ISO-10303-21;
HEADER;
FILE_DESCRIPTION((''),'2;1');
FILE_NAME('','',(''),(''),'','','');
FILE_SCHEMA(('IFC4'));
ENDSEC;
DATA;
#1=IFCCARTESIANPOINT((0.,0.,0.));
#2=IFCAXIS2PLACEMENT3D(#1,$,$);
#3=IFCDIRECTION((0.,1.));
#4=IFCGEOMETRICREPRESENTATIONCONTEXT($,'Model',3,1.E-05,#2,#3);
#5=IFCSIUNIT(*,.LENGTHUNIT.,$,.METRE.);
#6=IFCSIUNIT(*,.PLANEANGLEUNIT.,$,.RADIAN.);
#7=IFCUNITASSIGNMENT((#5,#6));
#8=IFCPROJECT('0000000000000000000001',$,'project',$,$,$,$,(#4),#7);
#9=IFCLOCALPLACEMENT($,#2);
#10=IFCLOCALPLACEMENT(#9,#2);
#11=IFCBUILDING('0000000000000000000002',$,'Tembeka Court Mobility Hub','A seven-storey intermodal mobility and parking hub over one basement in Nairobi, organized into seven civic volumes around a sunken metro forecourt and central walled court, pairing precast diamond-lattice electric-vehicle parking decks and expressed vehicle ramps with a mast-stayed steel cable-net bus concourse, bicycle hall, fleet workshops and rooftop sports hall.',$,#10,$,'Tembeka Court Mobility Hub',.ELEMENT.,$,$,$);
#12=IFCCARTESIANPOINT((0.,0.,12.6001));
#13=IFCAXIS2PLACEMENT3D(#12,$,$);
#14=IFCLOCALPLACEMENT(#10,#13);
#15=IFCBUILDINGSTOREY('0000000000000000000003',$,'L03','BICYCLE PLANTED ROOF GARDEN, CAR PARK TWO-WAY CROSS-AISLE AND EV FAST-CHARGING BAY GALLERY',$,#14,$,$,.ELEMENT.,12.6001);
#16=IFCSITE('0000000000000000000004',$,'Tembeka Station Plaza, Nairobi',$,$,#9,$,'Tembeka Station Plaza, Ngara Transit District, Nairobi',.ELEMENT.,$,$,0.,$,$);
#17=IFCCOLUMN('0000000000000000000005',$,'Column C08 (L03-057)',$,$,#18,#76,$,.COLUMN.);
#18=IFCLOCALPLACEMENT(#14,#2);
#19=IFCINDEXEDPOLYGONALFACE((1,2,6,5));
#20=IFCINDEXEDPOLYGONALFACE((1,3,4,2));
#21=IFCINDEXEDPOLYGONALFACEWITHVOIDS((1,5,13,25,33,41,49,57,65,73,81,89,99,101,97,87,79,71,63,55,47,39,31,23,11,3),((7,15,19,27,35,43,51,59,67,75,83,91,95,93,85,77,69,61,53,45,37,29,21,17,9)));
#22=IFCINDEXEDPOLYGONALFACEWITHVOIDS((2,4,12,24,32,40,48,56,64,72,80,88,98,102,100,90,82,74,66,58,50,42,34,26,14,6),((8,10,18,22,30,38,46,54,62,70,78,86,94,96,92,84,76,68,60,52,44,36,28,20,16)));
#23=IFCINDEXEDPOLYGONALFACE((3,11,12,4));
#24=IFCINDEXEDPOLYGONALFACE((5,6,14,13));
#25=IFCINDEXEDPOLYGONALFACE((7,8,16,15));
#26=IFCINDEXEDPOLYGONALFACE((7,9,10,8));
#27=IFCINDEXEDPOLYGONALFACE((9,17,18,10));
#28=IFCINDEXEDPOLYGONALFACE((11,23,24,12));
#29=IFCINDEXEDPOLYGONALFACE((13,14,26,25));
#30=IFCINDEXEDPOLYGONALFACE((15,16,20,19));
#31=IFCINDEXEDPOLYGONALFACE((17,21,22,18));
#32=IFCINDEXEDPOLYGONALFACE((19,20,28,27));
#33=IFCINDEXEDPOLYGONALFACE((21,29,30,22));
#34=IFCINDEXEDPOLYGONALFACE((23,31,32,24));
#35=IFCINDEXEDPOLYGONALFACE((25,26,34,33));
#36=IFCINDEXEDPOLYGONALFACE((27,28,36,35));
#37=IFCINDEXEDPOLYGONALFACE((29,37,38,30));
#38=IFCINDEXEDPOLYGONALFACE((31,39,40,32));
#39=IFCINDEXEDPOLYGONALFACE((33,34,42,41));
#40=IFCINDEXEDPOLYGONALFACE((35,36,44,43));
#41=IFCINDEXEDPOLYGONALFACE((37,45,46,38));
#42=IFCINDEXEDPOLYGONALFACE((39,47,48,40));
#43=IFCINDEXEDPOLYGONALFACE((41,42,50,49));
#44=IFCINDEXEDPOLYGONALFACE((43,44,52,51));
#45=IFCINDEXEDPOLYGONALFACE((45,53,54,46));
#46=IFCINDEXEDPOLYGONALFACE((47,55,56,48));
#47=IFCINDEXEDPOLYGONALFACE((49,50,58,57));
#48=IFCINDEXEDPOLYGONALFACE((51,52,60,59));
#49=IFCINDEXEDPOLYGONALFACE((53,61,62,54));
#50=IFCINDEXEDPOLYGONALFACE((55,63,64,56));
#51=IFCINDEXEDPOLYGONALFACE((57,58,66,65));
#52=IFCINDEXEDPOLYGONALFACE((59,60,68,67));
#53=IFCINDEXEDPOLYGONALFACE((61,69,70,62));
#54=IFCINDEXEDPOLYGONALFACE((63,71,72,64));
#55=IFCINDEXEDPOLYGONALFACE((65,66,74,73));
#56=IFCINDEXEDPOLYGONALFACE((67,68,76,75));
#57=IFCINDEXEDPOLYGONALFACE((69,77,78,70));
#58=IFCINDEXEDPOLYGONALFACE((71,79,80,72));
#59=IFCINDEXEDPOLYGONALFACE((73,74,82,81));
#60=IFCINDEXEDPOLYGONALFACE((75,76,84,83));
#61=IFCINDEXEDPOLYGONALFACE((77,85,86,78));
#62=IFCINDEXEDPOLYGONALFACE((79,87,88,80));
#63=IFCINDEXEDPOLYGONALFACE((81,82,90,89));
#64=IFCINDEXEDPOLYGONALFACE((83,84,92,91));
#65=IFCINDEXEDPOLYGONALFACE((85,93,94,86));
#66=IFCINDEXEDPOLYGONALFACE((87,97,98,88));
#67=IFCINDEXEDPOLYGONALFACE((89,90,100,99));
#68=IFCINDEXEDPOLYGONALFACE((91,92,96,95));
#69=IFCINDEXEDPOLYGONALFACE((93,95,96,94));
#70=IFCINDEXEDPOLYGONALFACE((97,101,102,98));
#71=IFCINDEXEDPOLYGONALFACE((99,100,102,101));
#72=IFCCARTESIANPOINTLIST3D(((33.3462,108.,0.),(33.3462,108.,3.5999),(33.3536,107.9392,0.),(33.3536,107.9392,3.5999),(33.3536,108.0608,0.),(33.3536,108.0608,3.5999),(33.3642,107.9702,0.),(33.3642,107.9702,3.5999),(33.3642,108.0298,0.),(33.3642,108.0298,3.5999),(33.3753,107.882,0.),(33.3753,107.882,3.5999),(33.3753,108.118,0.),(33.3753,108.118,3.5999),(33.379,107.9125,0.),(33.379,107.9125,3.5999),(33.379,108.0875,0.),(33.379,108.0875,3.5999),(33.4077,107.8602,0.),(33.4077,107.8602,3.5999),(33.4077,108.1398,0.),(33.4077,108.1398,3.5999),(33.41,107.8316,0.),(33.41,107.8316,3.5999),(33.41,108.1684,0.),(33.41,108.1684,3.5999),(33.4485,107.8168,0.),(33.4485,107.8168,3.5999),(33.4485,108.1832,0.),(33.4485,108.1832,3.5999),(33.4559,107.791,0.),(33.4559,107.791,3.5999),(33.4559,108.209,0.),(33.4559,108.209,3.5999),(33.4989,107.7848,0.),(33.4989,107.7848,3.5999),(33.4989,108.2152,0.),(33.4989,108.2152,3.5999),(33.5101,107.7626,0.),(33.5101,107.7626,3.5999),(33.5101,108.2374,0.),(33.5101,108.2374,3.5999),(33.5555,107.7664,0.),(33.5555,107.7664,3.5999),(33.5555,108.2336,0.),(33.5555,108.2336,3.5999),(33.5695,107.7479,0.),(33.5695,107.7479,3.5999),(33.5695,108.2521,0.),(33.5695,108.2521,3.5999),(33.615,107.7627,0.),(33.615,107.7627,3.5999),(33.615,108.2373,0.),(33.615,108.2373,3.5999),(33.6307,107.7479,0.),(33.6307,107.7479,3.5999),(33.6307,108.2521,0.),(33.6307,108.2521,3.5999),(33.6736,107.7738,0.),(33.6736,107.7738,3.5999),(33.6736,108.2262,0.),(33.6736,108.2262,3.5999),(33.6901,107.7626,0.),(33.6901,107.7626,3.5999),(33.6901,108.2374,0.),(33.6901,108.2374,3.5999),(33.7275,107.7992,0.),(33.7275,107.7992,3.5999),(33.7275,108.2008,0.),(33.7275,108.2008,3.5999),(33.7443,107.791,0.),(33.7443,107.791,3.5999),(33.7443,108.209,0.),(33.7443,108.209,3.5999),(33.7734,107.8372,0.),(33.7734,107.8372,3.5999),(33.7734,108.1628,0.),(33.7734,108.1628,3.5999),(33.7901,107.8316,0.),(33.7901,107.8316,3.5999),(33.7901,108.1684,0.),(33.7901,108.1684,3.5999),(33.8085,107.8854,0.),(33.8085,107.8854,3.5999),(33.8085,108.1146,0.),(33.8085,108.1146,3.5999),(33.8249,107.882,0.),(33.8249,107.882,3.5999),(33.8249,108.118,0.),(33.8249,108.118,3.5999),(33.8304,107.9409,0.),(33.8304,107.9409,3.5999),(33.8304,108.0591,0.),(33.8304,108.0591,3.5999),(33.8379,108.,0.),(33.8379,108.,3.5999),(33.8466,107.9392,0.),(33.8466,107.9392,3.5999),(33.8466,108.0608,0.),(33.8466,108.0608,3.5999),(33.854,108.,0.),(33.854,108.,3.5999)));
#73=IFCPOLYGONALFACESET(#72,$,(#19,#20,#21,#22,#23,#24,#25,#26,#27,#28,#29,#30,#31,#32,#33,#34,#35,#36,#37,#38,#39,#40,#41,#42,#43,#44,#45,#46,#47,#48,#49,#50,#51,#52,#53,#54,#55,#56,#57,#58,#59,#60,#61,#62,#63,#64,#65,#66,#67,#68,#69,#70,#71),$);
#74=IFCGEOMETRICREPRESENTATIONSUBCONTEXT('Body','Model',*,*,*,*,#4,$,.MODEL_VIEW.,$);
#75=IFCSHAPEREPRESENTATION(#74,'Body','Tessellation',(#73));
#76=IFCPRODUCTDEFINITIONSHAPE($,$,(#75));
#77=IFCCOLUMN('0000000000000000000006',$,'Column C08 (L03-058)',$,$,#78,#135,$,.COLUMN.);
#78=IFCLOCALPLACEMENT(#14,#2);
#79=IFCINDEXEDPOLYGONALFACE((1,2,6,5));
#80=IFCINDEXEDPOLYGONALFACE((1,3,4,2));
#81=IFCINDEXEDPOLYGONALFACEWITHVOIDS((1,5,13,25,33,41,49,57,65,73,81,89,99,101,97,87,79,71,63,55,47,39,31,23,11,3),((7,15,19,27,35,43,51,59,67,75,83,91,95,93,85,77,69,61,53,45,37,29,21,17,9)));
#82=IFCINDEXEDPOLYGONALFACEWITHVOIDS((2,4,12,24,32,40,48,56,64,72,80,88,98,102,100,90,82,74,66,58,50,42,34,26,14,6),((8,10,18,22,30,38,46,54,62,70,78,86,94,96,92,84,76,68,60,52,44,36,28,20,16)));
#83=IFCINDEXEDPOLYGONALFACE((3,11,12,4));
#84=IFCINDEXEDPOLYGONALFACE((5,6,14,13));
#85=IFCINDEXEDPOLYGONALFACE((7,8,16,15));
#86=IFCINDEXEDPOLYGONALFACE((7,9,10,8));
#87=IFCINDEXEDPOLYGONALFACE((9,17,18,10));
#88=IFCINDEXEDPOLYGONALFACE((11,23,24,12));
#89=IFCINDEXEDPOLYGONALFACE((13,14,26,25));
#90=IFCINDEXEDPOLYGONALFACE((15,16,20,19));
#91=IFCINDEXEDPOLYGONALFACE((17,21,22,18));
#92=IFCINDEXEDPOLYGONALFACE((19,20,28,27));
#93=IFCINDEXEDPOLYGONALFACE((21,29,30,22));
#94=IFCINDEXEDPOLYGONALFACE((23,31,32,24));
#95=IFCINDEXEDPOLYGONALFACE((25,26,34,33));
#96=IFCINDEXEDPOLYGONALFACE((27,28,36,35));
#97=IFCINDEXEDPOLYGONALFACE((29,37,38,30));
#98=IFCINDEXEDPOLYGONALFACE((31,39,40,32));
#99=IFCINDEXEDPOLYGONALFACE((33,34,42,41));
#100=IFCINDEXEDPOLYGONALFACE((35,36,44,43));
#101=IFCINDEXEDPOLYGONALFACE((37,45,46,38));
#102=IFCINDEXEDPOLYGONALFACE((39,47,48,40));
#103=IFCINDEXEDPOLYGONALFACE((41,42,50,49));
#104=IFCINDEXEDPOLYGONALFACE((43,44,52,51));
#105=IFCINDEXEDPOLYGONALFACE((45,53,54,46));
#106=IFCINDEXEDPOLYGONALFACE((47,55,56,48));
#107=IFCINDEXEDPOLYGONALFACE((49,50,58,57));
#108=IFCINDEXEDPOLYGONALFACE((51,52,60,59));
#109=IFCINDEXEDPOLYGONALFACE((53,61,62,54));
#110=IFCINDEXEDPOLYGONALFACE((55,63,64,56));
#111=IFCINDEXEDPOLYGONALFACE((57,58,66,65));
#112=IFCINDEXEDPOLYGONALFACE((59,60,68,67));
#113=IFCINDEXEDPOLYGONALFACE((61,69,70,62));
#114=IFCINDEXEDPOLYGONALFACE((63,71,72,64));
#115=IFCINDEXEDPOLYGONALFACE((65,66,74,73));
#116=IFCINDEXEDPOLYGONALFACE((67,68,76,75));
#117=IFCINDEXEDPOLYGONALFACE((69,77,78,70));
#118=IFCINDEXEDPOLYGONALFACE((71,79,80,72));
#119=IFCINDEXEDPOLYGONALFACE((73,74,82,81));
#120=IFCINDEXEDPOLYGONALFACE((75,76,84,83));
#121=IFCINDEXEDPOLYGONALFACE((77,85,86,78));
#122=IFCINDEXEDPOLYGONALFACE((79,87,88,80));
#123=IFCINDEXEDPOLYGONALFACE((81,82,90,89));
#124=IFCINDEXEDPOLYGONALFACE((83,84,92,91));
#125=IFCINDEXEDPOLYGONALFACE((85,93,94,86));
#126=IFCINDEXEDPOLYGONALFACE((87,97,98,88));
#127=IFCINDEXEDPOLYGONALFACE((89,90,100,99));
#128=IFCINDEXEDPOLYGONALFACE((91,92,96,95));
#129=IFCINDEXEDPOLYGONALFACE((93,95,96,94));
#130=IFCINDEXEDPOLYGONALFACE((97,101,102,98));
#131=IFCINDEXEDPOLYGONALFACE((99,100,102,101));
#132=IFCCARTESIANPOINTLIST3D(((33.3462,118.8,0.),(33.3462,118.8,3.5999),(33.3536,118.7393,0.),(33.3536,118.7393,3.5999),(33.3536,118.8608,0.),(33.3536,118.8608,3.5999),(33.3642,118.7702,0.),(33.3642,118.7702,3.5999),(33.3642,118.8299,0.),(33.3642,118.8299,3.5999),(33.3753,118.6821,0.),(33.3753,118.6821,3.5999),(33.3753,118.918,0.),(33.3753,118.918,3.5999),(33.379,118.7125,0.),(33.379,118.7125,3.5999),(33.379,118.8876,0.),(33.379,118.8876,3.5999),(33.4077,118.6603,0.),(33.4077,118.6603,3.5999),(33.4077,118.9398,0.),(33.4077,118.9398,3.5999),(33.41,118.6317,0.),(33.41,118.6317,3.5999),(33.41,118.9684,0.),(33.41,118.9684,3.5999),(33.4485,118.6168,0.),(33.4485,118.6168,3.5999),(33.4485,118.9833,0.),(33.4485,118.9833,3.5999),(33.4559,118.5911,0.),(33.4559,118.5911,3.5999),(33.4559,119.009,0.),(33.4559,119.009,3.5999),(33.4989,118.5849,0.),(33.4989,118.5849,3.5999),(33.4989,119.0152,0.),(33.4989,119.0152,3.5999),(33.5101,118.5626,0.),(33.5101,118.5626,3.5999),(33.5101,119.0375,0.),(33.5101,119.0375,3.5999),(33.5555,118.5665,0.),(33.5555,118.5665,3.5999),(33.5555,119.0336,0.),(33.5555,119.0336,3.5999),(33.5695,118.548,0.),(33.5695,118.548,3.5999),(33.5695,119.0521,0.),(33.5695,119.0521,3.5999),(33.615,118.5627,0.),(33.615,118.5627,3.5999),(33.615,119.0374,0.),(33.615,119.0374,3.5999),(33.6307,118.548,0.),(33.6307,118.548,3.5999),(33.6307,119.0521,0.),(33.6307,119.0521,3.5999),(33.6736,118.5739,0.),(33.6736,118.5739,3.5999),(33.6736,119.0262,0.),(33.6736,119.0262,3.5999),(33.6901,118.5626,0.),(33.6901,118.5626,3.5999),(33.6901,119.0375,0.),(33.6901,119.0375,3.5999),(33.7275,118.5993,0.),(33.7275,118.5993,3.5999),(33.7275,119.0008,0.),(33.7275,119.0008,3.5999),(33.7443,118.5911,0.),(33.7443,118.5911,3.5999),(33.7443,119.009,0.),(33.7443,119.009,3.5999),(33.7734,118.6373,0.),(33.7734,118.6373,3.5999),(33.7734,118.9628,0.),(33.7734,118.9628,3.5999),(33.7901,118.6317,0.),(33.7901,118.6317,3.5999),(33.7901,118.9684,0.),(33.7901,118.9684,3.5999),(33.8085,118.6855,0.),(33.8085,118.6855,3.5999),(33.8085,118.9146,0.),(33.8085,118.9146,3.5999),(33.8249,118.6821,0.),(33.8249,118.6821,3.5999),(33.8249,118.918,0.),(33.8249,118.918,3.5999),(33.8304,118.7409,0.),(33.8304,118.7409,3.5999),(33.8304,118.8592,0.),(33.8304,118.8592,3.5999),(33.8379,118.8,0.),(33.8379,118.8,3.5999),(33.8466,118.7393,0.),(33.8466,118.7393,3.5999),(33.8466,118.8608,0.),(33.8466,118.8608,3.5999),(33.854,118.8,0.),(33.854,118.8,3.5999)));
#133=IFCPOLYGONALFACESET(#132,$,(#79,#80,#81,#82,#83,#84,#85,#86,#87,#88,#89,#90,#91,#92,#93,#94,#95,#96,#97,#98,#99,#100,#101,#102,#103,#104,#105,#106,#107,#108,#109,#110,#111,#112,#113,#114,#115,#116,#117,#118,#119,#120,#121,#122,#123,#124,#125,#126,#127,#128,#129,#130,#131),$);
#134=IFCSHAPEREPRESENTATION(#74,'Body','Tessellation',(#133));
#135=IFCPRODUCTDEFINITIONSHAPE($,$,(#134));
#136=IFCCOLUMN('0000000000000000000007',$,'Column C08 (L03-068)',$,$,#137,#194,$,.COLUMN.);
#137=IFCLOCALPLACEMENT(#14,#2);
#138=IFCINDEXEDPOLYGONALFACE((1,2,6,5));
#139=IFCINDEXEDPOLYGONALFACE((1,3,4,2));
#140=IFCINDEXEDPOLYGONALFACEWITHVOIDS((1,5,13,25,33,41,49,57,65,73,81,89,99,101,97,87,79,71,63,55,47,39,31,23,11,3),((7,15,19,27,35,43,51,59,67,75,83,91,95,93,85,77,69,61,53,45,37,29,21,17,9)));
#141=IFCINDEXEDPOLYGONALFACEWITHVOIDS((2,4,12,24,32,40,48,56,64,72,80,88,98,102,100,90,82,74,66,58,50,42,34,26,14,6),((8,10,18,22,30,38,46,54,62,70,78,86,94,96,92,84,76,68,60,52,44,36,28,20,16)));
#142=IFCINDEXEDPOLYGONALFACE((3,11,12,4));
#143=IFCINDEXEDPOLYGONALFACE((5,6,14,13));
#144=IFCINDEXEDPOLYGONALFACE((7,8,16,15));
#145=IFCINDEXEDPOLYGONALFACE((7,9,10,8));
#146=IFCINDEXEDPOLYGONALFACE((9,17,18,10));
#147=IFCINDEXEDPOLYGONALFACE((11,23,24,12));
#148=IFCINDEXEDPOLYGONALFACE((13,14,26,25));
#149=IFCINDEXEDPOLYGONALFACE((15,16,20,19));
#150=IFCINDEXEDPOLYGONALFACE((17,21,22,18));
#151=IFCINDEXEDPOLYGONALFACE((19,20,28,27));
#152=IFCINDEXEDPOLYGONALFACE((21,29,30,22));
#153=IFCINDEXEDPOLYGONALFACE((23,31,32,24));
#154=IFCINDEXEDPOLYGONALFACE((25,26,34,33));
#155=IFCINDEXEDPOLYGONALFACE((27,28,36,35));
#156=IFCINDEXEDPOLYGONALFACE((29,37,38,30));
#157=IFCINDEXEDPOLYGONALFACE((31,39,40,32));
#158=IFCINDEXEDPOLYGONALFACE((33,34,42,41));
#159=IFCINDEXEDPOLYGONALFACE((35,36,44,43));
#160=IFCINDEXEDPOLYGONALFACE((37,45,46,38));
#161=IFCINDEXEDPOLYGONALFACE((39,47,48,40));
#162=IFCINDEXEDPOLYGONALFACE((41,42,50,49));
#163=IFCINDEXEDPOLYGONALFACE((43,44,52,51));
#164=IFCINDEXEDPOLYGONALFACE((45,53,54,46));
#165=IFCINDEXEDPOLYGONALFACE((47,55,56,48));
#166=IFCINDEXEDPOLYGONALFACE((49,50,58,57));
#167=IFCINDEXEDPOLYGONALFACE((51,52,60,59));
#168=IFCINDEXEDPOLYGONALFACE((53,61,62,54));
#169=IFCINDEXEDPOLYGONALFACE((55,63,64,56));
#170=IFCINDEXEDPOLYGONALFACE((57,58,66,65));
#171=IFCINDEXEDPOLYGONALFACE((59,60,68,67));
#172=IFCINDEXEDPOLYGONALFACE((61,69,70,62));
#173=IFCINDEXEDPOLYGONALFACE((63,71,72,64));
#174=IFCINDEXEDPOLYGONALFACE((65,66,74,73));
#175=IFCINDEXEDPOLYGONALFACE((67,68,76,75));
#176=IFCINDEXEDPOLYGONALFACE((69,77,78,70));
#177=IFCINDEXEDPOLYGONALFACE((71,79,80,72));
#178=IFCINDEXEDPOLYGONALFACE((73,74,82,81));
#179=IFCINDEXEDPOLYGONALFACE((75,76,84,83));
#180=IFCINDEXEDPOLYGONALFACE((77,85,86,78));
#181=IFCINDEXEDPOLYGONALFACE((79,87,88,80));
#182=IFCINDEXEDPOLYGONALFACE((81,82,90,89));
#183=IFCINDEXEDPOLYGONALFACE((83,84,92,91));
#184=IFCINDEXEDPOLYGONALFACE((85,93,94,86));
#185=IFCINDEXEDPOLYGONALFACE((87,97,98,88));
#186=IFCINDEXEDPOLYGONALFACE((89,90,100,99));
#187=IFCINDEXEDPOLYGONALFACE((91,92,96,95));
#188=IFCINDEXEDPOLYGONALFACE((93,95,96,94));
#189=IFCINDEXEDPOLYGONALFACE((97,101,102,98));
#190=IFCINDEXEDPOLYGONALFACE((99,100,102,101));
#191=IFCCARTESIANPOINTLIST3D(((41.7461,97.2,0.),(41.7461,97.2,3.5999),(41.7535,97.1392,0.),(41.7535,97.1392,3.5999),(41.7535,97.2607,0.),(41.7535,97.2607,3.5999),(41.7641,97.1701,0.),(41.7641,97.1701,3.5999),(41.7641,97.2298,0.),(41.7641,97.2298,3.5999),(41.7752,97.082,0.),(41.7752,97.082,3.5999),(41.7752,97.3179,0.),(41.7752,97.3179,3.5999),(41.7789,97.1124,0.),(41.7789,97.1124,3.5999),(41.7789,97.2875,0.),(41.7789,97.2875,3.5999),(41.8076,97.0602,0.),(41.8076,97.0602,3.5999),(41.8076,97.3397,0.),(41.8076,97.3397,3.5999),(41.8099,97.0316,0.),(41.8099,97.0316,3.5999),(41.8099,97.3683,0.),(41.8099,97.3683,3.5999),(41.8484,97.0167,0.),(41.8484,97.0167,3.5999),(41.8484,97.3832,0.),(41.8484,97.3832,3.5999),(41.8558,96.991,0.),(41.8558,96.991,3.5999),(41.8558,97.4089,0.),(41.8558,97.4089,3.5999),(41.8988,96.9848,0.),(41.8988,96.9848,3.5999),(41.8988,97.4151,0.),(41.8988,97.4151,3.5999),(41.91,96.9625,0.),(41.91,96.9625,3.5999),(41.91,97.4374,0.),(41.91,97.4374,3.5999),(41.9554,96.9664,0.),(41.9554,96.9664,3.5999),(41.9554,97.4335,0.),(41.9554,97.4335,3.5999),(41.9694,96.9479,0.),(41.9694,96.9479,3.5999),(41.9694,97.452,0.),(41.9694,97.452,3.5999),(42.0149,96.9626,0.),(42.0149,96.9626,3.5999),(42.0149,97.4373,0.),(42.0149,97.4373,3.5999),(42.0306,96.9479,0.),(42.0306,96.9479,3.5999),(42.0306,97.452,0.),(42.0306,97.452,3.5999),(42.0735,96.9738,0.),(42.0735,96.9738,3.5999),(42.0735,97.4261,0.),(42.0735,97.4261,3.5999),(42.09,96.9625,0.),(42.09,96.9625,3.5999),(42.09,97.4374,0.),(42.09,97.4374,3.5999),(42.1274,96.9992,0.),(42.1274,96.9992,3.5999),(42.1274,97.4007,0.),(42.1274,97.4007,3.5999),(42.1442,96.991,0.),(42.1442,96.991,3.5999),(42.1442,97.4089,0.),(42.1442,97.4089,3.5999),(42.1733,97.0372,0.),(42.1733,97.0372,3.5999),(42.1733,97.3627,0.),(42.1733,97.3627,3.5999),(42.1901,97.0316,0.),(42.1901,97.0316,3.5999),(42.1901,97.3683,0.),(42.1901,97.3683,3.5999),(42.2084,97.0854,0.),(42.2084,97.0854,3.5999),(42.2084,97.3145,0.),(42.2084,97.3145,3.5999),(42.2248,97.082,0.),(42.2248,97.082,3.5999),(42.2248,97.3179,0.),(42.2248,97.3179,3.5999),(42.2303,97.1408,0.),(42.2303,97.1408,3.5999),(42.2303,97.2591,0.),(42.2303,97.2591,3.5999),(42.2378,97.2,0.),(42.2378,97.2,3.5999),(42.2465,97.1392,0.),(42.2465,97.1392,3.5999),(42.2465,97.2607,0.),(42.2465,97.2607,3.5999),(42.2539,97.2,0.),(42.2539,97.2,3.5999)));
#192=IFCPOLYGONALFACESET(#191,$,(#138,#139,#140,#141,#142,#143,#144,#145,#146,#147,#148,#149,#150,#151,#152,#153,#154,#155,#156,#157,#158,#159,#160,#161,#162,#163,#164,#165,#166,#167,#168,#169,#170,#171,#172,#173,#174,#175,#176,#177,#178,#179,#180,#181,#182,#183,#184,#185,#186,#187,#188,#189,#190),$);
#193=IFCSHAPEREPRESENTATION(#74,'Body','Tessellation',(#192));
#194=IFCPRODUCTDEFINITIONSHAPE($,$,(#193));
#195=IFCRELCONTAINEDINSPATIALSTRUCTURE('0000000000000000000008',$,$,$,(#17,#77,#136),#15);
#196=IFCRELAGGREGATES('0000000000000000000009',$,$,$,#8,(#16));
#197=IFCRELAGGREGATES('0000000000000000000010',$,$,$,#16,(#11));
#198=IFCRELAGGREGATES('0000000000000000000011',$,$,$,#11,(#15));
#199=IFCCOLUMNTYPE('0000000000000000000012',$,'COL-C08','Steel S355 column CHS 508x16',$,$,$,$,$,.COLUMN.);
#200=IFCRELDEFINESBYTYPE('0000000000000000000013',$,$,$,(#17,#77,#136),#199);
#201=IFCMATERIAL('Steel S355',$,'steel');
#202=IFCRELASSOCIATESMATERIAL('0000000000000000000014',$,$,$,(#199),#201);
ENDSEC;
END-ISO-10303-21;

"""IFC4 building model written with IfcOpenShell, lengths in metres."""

from ifc_helpers import new_model, si_unit, direction, frame, origin, origin_2d, place, context, subcontext, project, spatial, hollow_circle, extrude, material, material_profile, profile_set, type_object, element, save


model = new_model("IFC4")

# Units and contexts
model_context = context("Model", 3, precision=1e-05, world=origin(), true_north=direction((0.0, 1.0)))
body_context = subcontext(model_context, "Body", "Model", "MODEL_VIEW")
ifc_project = project(units=[si_unit("LENGTHUNIT", "METRE"), si_unit("PLANEANGLEUNIT", "RADIAN")], contexts=[model_context])

# Site, building, storey
site_placement = place(None, origin())
site = spatial("IfcSite", under=ifc_project, at=site_placement, Name="Tembeka Station Plaza, Nairobi", LongName="Tembeka Station Plaza, Ngara Transit District, Nairobi", CompositionType="ELEMENT", RefElevation=0.0)
building_placement = place(site_placement, origin())
building = spatial("IfcBuilding", under=site, at=building_placement, Name="Tembeka Court Mobility Hub", Description="A seven-storey intermodal mobility and parking hub over one basement in Nairobi, organized into seven civic volumes around a sunken metro forecourt and central walled court, pairing precast diamond-lattice electric-vehicle parking decks and expressed vehicle ramps with a mast-stayed steel cable-net bus concourse, bicycle hall, fleet workshops and rooftop sports hall.", LongName="Tembeka Court Mobility Hub", CompositionType="ELEMENT")
storey_placement = place(building_placement, frame((0.0, 0.0, 12.6001)))
storey = spatial("IfcBuildingStorey", under=building, at=storey_placement, Name="L03", Description="BICYCLE PLANTED ROOF GARDEN, CAR PARK TWO-WAY CROSS-AISLE AND EV FAST-CHARGING BAY GALLERY", CompositionType="ELEMENT", Elevation=12.6001)

# Columns
ifc_material_1 = material(Name="Steel S355", Category="steel")
ifc_material_profile_1 = material_profile(ifc_material_1, hollow_circle(Radius=0.2539, WallThickness=0.0161, at=origin_2d()), Name="CHS 508x16")
ifc_profile_set_1 = profile_set([ifc_material_profile_1], Name="Steel S355")
column_type = type_object("IfcColumnType", Name="COL-C08", Description="Steel S355 column CHS 508x16", PredefinedType="COLUMN", material=ifc_profile_set_1)
for number, where, z_axis, x_axis, name in (
    (1, (33.6001, 108.0, 0.0), (0.0, 0.0, 1.0), (1.0, 0.0, 0.0), "Column C08 (L03-057)"),
    (2, (33.6001, 118.8, 0.0), (0.0, 0.0, 1.0), (1.0, 0.0, 0.0), "Column C08 (L03-058)"),
    (3, (42.0, 97.2, 0.0), (0.0, 0.0, 1.0), (1.0, 0.0, 0.0), "Column C08 (L03-068)"),
):
    element("IfcColumn", number, at=place(storey_placement, frame(where, z_axis=z_axis, x_axis=x_axis)), inside=storey, type_object=column_type, Name=name, PredefinedType="COLUMN", context=body_context, shape_type="SweptSolid", body=[
        extrude(hollow_circle(Radius=0.2539, WallThickness=0.0161, at=origin_2d()), origin(), (0.0, 0.0, 1.0), 3.5999),
    ])

save(model, "model.ifc")
